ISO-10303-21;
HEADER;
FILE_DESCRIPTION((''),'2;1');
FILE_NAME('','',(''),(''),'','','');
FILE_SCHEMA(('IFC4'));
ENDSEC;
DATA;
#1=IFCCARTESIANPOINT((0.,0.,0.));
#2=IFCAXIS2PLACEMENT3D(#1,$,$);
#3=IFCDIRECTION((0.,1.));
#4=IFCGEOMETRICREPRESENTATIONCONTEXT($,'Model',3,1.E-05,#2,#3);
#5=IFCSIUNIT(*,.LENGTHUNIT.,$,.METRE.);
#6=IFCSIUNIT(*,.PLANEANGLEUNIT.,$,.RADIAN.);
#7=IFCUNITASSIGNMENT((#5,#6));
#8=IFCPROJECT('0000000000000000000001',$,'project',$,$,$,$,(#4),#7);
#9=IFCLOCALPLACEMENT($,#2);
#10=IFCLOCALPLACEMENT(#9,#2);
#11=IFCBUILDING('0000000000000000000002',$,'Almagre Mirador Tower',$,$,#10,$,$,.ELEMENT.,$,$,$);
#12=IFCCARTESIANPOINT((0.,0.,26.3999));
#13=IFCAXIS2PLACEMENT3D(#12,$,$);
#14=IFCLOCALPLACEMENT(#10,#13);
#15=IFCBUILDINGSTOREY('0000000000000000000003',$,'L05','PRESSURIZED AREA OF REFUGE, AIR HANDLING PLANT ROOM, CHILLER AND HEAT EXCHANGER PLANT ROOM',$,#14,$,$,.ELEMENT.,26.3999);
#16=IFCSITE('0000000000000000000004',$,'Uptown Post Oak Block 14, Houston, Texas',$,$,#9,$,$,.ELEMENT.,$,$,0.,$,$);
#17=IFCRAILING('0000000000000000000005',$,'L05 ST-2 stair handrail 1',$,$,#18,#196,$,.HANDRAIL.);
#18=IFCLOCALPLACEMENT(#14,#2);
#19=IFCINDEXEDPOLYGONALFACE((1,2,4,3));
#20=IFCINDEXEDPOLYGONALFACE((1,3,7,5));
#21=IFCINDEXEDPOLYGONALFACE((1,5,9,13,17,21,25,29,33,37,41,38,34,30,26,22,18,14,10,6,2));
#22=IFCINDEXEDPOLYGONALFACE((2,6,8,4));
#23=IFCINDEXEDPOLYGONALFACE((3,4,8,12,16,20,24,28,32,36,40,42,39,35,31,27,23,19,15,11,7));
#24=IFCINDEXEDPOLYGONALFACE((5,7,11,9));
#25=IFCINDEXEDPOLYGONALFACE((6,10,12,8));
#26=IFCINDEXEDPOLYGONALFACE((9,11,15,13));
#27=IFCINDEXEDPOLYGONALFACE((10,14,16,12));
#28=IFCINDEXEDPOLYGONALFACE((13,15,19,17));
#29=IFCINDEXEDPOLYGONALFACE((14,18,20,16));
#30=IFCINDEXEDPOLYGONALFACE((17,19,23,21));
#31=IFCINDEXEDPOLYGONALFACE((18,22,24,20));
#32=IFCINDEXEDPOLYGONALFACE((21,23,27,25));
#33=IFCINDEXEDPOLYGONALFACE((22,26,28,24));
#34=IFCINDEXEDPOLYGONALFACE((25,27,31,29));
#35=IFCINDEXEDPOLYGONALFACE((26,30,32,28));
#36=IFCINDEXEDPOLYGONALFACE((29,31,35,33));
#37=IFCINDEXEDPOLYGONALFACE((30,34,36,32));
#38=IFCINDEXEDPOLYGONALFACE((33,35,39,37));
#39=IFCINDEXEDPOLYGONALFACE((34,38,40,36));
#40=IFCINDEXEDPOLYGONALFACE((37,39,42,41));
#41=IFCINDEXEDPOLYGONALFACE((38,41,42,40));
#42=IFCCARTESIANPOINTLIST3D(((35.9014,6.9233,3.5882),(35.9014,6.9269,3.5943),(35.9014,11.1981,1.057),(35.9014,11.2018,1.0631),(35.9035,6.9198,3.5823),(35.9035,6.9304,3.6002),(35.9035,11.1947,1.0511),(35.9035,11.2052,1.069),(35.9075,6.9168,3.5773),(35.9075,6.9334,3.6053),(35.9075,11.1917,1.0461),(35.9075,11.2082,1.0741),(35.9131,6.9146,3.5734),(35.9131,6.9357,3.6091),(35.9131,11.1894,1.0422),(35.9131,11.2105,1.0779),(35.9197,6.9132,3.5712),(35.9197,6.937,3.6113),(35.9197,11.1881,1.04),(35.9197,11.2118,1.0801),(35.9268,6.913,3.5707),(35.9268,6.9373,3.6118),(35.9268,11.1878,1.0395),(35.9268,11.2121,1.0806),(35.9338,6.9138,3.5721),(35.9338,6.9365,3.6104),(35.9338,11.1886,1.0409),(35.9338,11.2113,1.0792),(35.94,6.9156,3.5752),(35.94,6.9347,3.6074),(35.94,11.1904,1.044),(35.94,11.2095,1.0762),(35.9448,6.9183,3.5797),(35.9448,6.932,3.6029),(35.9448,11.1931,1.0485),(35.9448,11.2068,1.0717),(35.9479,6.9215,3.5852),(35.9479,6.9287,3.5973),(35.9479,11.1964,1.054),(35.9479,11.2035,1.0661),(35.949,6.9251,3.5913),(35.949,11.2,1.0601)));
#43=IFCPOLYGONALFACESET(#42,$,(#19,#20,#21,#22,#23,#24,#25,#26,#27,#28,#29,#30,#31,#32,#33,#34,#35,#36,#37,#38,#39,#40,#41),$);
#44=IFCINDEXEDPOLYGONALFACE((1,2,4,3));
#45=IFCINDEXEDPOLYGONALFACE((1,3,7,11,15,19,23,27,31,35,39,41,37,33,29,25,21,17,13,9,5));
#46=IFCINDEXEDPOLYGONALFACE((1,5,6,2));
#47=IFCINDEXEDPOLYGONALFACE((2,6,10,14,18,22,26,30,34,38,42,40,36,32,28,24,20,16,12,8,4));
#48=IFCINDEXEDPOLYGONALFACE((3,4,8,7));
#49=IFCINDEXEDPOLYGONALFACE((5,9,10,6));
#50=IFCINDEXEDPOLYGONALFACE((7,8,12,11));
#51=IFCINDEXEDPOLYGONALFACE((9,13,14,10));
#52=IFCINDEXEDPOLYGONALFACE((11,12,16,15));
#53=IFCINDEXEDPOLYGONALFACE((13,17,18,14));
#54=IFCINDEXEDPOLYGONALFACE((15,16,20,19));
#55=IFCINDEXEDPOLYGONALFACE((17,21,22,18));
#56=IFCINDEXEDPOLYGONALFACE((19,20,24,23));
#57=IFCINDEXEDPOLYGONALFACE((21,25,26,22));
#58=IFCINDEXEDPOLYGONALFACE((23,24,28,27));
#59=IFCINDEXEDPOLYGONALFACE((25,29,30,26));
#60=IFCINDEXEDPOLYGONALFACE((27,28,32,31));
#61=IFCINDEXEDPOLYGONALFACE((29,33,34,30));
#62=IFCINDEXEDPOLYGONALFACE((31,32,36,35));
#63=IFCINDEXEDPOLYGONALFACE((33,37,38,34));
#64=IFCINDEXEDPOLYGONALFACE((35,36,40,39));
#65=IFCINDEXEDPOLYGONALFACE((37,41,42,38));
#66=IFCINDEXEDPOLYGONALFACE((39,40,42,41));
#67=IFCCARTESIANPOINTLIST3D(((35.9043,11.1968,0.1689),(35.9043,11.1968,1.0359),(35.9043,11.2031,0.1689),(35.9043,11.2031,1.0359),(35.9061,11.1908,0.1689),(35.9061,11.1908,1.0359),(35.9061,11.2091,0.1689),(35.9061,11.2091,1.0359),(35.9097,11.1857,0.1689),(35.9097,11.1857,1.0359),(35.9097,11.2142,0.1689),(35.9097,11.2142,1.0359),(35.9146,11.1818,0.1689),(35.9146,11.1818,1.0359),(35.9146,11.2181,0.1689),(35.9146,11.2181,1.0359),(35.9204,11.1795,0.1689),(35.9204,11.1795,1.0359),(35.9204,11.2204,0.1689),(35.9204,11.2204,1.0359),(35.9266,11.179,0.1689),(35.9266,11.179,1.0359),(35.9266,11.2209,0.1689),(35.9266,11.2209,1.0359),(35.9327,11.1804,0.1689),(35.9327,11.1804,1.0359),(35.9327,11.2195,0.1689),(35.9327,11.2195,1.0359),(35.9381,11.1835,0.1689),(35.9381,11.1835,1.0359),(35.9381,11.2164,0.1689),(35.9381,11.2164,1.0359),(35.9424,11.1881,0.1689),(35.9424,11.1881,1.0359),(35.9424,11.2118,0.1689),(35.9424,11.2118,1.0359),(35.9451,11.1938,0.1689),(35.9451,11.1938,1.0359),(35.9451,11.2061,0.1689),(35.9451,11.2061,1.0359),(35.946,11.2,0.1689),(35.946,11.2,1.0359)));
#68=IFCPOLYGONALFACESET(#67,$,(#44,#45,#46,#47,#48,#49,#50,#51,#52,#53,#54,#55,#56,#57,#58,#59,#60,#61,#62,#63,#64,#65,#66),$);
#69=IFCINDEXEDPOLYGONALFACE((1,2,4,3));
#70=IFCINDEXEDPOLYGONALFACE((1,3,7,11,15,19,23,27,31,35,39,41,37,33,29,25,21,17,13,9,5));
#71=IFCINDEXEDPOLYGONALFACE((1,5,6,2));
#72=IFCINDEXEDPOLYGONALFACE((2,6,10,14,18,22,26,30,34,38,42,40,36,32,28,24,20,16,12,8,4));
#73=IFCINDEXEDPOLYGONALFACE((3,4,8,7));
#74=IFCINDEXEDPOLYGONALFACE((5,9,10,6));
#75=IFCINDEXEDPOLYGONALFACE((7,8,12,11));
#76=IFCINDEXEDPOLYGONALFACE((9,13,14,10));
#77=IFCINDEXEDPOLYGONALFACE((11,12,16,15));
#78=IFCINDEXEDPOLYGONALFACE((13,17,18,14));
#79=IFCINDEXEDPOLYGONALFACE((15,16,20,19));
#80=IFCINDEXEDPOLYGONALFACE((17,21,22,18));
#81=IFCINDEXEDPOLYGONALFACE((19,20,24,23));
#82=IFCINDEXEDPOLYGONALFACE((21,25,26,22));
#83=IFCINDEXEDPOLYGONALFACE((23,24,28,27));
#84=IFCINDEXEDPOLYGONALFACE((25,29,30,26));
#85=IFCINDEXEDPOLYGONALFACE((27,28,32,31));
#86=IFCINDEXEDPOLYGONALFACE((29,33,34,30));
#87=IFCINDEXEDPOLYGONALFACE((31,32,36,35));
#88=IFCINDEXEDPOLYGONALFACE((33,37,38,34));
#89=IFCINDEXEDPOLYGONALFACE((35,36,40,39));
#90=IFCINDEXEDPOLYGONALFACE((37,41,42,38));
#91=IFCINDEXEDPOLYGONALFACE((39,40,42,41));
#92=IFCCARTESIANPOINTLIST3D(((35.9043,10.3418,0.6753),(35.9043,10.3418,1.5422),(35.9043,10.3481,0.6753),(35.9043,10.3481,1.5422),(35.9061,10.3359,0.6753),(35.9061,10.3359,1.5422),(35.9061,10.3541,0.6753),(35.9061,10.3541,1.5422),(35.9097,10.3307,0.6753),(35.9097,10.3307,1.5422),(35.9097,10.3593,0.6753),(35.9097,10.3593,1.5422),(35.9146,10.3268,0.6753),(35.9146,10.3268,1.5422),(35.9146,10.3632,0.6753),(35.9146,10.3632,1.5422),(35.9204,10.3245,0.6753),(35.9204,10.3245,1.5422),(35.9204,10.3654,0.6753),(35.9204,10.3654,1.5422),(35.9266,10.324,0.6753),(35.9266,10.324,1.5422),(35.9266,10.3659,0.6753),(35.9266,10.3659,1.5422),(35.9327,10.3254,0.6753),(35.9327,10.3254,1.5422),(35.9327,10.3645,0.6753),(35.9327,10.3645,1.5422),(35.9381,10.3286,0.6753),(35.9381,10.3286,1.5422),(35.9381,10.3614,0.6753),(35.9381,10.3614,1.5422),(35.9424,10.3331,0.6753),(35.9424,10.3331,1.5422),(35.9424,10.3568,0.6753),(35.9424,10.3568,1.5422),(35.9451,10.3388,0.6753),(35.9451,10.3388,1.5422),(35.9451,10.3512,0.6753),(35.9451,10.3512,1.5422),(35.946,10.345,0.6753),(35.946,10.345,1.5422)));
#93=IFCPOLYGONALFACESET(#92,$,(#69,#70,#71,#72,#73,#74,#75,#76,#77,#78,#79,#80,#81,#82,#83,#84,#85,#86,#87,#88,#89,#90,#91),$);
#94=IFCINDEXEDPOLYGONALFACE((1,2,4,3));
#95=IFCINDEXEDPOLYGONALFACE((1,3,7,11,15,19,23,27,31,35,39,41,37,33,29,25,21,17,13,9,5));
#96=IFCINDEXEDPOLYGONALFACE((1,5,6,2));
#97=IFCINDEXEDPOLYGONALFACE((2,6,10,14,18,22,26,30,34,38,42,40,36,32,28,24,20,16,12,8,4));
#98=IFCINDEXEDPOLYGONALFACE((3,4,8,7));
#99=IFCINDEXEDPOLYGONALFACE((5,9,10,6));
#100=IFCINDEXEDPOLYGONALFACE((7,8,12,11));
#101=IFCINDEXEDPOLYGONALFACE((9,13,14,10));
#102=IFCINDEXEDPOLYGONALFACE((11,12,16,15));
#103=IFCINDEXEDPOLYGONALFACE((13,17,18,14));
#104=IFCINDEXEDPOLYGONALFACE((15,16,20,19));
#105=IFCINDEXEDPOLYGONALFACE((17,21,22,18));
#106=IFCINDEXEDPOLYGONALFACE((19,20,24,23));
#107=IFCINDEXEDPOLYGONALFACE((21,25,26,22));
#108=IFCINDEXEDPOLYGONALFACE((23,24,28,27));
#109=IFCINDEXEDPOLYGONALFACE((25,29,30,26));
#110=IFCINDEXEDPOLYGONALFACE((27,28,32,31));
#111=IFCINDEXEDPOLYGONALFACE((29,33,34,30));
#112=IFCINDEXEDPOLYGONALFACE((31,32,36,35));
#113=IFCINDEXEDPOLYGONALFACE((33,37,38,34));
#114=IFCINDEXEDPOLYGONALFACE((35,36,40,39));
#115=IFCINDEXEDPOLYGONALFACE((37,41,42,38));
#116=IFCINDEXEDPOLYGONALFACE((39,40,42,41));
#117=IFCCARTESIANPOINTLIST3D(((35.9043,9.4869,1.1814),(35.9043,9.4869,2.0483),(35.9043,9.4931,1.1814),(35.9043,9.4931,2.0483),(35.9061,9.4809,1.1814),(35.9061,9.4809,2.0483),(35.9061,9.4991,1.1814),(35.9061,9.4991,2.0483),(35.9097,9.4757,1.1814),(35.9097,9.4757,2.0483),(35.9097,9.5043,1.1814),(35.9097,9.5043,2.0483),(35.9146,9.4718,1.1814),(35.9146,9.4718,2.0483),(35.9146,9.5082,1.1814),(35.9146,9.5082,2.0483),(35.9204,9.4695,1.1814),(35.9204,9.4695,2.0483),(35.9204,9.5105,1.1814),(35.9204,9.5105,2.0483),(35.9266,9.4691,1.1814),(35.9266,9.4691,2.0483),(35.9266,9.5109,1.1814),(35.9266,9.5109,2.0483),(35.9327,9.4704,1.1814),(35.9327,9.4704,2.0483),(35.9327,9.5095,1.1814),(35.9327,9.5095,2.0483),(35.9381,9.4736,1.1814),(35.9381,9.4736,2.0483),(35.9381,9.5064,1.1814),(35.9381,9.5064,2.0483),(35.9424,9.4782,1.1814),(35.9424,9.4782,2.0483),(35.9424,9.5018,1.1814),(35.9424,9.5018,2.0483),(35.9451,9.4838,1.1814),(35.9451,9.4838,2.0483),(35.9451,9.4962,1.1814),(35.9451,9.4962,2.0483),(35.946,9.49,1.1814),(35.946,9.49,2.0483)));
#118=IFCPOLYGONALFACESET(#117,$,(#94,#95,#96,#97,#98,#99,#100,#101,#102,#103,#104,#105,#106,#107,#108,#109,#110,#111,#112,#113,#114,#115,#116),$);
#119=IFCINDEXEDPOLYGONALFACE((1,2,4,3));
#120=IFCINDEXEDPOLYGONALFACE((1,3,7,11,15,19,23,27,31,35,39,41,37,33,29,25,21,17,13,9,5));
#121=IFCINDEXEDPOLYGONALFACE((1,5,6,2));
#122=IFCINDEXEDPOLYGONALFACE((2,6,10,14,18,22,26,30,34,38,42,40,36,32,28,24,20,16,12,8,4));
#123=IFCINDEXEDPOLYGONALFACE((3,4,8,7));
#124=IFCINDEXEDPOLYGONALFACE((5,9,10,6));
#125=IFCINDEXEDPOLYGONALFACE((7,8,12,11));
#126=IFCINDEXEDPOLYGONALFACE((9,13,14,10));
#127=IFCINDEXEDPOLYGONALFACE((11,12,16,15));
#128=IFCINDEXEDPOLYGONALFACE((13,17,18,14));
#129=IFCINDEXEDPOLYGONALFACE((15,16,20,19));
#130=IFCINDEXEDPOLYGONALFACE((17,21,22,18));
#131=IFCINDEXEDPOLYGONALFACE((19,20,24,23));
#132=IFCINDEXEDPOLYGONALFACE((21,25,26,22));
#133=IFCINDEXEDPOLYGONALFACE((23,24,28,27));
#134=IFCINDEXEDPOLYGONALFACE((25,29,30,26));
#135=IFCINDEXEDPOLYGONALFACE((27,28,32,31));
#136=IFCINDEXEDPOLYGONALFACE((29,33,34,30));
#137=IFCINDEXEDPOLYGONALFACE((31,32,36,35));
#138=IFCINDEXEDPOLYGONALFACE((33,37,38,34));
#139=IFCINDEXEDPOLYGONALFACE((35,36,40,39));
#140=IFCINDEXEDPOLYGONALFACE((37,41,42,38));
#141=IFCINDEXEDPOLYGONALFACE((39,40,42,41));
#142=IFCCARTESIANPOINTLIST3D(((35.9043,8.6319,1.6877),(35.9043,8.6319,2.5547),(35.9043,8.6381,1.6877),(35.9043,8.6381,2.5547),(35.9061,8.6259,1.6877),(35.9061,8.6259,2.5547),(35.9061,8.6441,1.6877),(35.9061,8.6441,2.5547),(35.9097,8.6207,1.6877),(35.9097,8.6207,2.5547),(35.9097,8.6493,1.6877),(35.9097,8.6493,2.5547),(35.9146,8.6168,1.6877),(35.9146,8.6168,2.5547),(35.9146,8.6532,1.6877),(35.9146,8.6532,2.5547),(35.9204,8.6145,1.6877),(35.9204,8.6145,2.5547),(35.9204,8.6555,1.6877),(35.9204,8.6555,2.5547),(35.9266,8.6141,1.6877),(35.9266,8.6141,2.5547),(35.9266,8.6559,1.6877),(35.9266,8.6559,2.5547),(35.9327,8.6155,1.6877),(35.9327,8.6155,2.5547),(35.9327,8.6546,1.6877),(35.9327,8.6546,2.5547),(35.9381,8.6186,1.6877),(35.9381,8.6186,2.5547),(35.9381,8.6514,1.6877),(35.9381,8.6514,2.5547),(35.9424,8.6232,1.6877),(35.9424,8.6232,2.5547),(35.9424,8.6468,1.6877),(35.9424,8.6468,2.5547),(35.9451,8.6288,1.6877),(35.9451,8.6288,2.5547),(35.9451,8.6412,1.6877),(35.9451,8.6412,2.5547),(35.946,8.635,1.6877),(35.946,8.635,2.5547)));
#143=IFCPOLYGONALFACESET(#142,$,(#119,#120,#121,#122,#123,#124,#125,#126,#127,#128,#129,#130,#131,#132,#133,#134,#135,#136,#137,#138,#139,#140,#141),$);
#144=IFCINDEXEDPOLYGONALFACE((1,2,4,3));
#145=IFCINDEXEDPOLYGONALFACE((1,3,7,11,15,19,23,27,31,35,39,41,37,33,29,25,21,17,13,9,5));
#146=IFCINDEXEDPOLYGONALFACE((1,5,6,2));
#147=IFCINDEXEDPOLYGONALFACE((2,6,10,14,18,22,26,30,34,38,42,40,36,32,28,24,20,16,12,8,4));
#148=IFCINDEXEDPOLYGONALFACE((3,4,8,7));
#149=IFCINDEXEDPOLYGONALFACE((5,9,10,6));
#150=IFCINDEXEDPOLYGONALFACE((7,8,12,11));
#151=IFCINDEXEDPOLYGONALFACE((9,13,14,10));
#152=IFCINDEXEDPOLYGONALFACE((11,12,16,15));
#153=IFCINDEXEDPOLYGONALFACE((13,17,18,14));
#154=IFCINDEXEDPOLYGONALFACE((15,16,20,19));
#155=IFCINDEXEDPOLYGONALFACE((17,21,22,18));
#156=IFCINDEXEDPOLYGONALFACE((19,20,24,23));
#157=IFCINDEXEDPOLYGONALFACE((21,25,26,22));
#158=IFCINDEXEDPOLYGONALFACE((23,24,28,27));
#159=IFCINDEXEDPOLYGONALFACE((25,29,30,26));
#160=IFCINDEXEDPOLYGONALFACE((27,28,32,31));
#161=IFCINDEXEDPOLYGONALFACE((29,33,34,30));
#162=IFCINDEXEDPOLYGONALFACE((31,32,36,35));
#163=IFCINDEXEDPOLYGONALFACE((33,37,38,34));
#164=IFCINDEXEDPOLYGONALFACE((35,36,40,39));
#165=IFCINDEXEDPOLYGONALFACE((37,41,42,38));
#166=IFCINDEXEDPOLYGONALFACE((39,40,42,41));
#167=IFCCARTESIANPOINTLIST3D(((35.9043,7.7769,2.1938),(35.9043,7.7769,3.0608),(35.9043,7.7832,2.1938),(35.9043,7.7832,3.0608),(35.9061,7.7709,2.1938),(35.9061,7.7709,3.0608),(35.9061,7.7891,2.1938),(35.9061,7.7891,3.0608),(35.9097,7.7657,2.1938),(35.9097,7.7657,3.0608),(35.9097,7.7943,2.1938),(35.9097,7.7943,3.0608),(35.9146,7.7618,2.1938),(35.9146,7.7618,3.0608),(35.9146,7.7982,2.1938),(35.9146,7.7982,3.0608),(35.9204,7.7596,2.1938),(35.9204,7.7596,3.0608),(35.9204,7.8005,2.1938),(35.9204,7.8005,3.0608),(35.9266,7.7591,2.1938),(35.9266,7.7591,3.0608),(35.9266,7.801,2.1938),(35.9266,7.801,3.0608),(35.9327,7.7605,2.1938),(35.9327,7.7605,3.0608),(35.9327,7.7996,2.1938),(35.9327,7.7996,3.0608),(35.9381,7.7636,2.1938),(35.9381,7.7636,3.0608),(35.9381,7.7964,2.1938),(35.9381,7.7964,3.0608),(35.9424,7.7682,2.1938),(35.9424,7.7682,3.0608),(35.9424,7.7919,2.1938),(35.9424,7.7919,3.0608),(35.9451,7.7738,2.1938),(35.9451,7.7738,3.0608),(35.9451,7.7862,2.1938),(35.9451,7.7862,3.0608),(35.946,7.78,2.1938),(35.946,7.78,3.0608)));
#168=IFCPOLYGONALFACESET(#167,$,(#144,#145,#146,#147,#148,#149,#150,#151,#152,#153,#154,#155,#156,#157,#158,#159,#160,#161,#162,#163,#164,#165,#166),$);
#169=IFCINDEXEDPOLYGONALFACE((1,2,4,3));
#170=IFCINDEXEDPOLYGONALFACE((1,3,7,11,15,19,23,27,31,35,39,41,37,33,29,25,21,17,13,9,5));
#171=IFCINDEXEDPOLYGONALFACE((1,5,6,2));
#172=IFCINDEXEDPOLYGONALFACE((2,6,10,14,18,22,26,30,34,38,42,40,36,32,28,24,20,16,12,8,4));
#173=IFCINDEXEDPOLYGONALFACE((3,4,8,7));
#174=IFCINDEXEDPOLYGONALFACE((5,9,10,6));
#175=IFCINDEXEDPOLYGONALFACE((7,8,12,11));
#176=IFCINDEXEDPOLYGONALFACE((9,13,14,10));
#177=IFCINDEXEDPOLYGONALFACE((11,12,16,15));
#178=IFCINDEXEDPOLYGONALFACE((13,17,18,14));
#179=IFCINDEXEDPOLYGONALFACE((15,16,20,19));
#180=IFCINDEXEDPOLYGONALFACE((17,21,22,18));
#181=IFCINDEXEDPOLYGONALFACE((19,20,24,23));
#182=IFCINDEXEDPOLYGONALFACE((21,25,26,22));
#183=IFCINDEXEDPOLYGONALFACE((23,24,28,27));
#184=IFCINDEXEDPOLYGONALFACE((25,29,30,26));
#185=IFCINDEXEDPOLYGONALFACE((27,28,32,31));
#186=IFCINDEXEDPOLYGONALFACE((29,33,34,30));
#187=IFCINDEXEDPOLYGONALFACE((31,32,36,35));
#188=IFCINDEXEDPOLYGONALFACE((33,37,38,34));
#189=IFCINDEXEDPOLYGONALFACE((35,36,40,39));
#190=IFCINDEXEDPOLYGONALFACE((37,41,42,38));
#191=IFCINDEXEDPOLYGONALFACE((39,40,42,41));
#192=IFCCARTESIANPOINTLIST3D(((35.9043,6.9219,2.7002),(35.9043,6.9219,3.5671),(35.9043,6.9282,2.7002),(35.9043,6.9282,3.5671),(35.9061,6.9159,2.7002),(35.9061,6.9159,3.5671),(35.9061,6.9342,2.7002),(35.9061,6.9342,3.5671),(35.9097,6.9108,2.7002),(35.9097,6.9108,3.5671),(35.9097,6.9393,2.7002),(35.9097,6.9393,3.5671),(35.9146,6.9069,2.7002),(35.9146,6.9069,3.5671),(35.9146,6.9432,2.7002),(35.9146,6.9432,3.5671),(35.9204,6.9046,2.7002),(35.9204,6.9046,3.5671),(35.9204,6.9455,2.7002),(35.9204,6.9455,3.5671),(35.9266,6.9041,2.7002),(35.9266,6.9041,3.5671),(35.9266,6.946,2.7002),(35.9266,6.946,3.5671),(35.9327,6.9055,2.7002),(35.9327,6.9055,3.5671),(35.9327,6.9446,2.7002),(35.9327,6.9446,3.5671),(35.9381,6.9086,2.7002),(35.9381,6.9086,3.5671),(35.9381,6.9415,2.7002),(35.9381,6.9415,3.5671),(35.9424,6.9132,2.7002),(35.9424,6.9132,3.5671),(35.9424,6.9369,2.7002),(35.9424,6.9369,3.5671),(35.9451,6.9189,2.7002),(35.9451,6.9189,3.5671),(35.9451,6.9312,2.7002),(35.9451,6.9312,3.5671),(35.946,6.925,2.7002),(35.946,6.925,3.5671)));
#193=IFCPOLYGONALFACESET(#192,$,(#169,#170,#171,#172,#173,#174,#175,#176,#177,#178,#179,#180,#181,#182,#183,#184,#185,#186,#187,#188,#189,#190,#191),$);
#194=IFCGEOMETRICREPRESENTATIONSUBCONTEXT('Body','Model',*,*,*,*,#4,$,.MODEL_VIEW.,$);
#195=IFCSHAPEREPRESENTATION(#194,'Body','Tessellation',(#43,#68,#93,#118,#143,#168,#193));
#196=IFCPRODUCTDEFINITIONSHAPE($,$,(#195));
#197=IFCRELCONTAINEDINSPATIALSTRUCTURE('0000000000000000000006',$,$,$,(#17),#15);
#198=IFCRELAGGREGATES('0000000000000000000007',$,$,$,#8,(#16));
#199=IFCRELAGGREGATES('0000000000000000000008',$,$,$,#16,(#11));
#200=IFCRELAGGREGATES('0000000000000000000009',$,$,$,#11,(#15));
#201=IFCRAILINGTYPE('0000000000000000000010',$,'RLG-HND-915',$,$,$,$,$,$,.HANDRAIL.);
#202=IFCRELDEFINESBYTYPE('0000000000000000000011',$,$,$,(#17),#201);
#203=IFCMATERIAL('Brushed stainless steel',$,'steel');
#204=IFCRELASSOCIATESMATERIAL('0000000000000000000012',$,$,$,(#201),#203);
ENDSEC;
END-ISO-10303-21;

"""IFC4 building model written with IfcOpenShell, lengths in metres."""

from ifc_helpers import new_model, si_unit, direction, frame, origin, origin_2d, place, context, subcontext, project, spatial, circle, extrude, material, type_object, element, save


model = new_model("IFC4")

# Units and contexts
model_context = context("Model", 3, precision=1e-05, world=origin(), true_north=direction((0.0, 1.0)))
body_context = subcontext(model_context, "Body", "Model", "MODEL_VIEW")
ifc_project = project(units=[si_unit("LENGTHUNIT", "METRE"), si_unit("PLANEANGLEUNIT", "RADIAN")], contexts=[model_context])

# Site, building, storey
site_placement = place(None, origin())
site = spatial("IfcSite", under=ifc_project, at=site_placement, Name="Uptown Post Oak Block 14, Houston, Texas", CompositionType="ELEMENT", RefElevation=0.0)
building_placement = place(site_placement, origin())
building = spatial("IfcBuilding", under=site, at=building_placement, Name="Almagre Mirador Tower", CompositionType="ELEMENT")
storey_placement = place(building_placement, frame((0.0, 0.0, 26.3999)))
storey = spatial("IfcBuildingStorey", under=building, at=storey_placement, Name="L05", Description="PRESSURIZED AREA OF REFUGE, AIR HANDLING PLANT ROOM, CHILLER AND HEAT EXCHANGER PLANT ROOM", CompositionType="ELEMENT", Elevation=26.3999)

# Railing
ifc_material_1 = material(Name="Brushed stainless steel", Category="steel")
railing_type_1 = type_object("IfcRailingType", Name="RLG-HND-915", PredefinedType="HANDRAIL", material=ifc_material_1)
railing_1_placement = place(storey_placement, frame((35.925, 11.2, 0.1689)))
element("IfcRailing", 1, at=railing_1_placement, inside=storey, type_object=railing_type_1, Name="L05 ST-2 stair handrail 1", PredefinedType="HANDRAIL", context=body_context, shape_type="SweptSolid", body=[
    extrude(circle(Radius=0.0239, at=origin_2d()), frame((0.0, 0.0, 0.8911), z_axis=(0.0, -0.86047, 0.509501), x_axis=(1.0, 0.0, 0.0)), (0.0, 0.0, 1.0), 4.968),
    extrude(circle(Radius=0.021, at=origin_2d()), origin(), (0.0, 0.0, 1.0), 0.8669),
    extrude(circle(Radius=0.021, at=origin_2d()), frame((0.0, -0.855, 0.5063)), (0.0, 0.0, 1.0), 0.8669),
    extrude(circle(Radius=0.021, at=origin_2d()), frame((0.0, -1.71, 1.0125)), (0.0, 0.0, 1.0), 0.8669),
    extrude(circle(Radius=0.021, at=origin_2d()), frame((0.0, -2.5649, 1.5188)), (0.0, 0.0, 1.0), 0.8669),
    extrude(circle(Radius=0.021, at=origin_2d()), frame((0.0, -3.4199, 2.0249)), (0.0, 0.0, 1.0), 0.8669),
    extrude(circle(Radius=0.021, at=origin_2d()), frame((0.0, -4.2749, 2.5312)), (0.0, 0.0, 1.0), 0.8669),
])

save(model, "model.ifc")
